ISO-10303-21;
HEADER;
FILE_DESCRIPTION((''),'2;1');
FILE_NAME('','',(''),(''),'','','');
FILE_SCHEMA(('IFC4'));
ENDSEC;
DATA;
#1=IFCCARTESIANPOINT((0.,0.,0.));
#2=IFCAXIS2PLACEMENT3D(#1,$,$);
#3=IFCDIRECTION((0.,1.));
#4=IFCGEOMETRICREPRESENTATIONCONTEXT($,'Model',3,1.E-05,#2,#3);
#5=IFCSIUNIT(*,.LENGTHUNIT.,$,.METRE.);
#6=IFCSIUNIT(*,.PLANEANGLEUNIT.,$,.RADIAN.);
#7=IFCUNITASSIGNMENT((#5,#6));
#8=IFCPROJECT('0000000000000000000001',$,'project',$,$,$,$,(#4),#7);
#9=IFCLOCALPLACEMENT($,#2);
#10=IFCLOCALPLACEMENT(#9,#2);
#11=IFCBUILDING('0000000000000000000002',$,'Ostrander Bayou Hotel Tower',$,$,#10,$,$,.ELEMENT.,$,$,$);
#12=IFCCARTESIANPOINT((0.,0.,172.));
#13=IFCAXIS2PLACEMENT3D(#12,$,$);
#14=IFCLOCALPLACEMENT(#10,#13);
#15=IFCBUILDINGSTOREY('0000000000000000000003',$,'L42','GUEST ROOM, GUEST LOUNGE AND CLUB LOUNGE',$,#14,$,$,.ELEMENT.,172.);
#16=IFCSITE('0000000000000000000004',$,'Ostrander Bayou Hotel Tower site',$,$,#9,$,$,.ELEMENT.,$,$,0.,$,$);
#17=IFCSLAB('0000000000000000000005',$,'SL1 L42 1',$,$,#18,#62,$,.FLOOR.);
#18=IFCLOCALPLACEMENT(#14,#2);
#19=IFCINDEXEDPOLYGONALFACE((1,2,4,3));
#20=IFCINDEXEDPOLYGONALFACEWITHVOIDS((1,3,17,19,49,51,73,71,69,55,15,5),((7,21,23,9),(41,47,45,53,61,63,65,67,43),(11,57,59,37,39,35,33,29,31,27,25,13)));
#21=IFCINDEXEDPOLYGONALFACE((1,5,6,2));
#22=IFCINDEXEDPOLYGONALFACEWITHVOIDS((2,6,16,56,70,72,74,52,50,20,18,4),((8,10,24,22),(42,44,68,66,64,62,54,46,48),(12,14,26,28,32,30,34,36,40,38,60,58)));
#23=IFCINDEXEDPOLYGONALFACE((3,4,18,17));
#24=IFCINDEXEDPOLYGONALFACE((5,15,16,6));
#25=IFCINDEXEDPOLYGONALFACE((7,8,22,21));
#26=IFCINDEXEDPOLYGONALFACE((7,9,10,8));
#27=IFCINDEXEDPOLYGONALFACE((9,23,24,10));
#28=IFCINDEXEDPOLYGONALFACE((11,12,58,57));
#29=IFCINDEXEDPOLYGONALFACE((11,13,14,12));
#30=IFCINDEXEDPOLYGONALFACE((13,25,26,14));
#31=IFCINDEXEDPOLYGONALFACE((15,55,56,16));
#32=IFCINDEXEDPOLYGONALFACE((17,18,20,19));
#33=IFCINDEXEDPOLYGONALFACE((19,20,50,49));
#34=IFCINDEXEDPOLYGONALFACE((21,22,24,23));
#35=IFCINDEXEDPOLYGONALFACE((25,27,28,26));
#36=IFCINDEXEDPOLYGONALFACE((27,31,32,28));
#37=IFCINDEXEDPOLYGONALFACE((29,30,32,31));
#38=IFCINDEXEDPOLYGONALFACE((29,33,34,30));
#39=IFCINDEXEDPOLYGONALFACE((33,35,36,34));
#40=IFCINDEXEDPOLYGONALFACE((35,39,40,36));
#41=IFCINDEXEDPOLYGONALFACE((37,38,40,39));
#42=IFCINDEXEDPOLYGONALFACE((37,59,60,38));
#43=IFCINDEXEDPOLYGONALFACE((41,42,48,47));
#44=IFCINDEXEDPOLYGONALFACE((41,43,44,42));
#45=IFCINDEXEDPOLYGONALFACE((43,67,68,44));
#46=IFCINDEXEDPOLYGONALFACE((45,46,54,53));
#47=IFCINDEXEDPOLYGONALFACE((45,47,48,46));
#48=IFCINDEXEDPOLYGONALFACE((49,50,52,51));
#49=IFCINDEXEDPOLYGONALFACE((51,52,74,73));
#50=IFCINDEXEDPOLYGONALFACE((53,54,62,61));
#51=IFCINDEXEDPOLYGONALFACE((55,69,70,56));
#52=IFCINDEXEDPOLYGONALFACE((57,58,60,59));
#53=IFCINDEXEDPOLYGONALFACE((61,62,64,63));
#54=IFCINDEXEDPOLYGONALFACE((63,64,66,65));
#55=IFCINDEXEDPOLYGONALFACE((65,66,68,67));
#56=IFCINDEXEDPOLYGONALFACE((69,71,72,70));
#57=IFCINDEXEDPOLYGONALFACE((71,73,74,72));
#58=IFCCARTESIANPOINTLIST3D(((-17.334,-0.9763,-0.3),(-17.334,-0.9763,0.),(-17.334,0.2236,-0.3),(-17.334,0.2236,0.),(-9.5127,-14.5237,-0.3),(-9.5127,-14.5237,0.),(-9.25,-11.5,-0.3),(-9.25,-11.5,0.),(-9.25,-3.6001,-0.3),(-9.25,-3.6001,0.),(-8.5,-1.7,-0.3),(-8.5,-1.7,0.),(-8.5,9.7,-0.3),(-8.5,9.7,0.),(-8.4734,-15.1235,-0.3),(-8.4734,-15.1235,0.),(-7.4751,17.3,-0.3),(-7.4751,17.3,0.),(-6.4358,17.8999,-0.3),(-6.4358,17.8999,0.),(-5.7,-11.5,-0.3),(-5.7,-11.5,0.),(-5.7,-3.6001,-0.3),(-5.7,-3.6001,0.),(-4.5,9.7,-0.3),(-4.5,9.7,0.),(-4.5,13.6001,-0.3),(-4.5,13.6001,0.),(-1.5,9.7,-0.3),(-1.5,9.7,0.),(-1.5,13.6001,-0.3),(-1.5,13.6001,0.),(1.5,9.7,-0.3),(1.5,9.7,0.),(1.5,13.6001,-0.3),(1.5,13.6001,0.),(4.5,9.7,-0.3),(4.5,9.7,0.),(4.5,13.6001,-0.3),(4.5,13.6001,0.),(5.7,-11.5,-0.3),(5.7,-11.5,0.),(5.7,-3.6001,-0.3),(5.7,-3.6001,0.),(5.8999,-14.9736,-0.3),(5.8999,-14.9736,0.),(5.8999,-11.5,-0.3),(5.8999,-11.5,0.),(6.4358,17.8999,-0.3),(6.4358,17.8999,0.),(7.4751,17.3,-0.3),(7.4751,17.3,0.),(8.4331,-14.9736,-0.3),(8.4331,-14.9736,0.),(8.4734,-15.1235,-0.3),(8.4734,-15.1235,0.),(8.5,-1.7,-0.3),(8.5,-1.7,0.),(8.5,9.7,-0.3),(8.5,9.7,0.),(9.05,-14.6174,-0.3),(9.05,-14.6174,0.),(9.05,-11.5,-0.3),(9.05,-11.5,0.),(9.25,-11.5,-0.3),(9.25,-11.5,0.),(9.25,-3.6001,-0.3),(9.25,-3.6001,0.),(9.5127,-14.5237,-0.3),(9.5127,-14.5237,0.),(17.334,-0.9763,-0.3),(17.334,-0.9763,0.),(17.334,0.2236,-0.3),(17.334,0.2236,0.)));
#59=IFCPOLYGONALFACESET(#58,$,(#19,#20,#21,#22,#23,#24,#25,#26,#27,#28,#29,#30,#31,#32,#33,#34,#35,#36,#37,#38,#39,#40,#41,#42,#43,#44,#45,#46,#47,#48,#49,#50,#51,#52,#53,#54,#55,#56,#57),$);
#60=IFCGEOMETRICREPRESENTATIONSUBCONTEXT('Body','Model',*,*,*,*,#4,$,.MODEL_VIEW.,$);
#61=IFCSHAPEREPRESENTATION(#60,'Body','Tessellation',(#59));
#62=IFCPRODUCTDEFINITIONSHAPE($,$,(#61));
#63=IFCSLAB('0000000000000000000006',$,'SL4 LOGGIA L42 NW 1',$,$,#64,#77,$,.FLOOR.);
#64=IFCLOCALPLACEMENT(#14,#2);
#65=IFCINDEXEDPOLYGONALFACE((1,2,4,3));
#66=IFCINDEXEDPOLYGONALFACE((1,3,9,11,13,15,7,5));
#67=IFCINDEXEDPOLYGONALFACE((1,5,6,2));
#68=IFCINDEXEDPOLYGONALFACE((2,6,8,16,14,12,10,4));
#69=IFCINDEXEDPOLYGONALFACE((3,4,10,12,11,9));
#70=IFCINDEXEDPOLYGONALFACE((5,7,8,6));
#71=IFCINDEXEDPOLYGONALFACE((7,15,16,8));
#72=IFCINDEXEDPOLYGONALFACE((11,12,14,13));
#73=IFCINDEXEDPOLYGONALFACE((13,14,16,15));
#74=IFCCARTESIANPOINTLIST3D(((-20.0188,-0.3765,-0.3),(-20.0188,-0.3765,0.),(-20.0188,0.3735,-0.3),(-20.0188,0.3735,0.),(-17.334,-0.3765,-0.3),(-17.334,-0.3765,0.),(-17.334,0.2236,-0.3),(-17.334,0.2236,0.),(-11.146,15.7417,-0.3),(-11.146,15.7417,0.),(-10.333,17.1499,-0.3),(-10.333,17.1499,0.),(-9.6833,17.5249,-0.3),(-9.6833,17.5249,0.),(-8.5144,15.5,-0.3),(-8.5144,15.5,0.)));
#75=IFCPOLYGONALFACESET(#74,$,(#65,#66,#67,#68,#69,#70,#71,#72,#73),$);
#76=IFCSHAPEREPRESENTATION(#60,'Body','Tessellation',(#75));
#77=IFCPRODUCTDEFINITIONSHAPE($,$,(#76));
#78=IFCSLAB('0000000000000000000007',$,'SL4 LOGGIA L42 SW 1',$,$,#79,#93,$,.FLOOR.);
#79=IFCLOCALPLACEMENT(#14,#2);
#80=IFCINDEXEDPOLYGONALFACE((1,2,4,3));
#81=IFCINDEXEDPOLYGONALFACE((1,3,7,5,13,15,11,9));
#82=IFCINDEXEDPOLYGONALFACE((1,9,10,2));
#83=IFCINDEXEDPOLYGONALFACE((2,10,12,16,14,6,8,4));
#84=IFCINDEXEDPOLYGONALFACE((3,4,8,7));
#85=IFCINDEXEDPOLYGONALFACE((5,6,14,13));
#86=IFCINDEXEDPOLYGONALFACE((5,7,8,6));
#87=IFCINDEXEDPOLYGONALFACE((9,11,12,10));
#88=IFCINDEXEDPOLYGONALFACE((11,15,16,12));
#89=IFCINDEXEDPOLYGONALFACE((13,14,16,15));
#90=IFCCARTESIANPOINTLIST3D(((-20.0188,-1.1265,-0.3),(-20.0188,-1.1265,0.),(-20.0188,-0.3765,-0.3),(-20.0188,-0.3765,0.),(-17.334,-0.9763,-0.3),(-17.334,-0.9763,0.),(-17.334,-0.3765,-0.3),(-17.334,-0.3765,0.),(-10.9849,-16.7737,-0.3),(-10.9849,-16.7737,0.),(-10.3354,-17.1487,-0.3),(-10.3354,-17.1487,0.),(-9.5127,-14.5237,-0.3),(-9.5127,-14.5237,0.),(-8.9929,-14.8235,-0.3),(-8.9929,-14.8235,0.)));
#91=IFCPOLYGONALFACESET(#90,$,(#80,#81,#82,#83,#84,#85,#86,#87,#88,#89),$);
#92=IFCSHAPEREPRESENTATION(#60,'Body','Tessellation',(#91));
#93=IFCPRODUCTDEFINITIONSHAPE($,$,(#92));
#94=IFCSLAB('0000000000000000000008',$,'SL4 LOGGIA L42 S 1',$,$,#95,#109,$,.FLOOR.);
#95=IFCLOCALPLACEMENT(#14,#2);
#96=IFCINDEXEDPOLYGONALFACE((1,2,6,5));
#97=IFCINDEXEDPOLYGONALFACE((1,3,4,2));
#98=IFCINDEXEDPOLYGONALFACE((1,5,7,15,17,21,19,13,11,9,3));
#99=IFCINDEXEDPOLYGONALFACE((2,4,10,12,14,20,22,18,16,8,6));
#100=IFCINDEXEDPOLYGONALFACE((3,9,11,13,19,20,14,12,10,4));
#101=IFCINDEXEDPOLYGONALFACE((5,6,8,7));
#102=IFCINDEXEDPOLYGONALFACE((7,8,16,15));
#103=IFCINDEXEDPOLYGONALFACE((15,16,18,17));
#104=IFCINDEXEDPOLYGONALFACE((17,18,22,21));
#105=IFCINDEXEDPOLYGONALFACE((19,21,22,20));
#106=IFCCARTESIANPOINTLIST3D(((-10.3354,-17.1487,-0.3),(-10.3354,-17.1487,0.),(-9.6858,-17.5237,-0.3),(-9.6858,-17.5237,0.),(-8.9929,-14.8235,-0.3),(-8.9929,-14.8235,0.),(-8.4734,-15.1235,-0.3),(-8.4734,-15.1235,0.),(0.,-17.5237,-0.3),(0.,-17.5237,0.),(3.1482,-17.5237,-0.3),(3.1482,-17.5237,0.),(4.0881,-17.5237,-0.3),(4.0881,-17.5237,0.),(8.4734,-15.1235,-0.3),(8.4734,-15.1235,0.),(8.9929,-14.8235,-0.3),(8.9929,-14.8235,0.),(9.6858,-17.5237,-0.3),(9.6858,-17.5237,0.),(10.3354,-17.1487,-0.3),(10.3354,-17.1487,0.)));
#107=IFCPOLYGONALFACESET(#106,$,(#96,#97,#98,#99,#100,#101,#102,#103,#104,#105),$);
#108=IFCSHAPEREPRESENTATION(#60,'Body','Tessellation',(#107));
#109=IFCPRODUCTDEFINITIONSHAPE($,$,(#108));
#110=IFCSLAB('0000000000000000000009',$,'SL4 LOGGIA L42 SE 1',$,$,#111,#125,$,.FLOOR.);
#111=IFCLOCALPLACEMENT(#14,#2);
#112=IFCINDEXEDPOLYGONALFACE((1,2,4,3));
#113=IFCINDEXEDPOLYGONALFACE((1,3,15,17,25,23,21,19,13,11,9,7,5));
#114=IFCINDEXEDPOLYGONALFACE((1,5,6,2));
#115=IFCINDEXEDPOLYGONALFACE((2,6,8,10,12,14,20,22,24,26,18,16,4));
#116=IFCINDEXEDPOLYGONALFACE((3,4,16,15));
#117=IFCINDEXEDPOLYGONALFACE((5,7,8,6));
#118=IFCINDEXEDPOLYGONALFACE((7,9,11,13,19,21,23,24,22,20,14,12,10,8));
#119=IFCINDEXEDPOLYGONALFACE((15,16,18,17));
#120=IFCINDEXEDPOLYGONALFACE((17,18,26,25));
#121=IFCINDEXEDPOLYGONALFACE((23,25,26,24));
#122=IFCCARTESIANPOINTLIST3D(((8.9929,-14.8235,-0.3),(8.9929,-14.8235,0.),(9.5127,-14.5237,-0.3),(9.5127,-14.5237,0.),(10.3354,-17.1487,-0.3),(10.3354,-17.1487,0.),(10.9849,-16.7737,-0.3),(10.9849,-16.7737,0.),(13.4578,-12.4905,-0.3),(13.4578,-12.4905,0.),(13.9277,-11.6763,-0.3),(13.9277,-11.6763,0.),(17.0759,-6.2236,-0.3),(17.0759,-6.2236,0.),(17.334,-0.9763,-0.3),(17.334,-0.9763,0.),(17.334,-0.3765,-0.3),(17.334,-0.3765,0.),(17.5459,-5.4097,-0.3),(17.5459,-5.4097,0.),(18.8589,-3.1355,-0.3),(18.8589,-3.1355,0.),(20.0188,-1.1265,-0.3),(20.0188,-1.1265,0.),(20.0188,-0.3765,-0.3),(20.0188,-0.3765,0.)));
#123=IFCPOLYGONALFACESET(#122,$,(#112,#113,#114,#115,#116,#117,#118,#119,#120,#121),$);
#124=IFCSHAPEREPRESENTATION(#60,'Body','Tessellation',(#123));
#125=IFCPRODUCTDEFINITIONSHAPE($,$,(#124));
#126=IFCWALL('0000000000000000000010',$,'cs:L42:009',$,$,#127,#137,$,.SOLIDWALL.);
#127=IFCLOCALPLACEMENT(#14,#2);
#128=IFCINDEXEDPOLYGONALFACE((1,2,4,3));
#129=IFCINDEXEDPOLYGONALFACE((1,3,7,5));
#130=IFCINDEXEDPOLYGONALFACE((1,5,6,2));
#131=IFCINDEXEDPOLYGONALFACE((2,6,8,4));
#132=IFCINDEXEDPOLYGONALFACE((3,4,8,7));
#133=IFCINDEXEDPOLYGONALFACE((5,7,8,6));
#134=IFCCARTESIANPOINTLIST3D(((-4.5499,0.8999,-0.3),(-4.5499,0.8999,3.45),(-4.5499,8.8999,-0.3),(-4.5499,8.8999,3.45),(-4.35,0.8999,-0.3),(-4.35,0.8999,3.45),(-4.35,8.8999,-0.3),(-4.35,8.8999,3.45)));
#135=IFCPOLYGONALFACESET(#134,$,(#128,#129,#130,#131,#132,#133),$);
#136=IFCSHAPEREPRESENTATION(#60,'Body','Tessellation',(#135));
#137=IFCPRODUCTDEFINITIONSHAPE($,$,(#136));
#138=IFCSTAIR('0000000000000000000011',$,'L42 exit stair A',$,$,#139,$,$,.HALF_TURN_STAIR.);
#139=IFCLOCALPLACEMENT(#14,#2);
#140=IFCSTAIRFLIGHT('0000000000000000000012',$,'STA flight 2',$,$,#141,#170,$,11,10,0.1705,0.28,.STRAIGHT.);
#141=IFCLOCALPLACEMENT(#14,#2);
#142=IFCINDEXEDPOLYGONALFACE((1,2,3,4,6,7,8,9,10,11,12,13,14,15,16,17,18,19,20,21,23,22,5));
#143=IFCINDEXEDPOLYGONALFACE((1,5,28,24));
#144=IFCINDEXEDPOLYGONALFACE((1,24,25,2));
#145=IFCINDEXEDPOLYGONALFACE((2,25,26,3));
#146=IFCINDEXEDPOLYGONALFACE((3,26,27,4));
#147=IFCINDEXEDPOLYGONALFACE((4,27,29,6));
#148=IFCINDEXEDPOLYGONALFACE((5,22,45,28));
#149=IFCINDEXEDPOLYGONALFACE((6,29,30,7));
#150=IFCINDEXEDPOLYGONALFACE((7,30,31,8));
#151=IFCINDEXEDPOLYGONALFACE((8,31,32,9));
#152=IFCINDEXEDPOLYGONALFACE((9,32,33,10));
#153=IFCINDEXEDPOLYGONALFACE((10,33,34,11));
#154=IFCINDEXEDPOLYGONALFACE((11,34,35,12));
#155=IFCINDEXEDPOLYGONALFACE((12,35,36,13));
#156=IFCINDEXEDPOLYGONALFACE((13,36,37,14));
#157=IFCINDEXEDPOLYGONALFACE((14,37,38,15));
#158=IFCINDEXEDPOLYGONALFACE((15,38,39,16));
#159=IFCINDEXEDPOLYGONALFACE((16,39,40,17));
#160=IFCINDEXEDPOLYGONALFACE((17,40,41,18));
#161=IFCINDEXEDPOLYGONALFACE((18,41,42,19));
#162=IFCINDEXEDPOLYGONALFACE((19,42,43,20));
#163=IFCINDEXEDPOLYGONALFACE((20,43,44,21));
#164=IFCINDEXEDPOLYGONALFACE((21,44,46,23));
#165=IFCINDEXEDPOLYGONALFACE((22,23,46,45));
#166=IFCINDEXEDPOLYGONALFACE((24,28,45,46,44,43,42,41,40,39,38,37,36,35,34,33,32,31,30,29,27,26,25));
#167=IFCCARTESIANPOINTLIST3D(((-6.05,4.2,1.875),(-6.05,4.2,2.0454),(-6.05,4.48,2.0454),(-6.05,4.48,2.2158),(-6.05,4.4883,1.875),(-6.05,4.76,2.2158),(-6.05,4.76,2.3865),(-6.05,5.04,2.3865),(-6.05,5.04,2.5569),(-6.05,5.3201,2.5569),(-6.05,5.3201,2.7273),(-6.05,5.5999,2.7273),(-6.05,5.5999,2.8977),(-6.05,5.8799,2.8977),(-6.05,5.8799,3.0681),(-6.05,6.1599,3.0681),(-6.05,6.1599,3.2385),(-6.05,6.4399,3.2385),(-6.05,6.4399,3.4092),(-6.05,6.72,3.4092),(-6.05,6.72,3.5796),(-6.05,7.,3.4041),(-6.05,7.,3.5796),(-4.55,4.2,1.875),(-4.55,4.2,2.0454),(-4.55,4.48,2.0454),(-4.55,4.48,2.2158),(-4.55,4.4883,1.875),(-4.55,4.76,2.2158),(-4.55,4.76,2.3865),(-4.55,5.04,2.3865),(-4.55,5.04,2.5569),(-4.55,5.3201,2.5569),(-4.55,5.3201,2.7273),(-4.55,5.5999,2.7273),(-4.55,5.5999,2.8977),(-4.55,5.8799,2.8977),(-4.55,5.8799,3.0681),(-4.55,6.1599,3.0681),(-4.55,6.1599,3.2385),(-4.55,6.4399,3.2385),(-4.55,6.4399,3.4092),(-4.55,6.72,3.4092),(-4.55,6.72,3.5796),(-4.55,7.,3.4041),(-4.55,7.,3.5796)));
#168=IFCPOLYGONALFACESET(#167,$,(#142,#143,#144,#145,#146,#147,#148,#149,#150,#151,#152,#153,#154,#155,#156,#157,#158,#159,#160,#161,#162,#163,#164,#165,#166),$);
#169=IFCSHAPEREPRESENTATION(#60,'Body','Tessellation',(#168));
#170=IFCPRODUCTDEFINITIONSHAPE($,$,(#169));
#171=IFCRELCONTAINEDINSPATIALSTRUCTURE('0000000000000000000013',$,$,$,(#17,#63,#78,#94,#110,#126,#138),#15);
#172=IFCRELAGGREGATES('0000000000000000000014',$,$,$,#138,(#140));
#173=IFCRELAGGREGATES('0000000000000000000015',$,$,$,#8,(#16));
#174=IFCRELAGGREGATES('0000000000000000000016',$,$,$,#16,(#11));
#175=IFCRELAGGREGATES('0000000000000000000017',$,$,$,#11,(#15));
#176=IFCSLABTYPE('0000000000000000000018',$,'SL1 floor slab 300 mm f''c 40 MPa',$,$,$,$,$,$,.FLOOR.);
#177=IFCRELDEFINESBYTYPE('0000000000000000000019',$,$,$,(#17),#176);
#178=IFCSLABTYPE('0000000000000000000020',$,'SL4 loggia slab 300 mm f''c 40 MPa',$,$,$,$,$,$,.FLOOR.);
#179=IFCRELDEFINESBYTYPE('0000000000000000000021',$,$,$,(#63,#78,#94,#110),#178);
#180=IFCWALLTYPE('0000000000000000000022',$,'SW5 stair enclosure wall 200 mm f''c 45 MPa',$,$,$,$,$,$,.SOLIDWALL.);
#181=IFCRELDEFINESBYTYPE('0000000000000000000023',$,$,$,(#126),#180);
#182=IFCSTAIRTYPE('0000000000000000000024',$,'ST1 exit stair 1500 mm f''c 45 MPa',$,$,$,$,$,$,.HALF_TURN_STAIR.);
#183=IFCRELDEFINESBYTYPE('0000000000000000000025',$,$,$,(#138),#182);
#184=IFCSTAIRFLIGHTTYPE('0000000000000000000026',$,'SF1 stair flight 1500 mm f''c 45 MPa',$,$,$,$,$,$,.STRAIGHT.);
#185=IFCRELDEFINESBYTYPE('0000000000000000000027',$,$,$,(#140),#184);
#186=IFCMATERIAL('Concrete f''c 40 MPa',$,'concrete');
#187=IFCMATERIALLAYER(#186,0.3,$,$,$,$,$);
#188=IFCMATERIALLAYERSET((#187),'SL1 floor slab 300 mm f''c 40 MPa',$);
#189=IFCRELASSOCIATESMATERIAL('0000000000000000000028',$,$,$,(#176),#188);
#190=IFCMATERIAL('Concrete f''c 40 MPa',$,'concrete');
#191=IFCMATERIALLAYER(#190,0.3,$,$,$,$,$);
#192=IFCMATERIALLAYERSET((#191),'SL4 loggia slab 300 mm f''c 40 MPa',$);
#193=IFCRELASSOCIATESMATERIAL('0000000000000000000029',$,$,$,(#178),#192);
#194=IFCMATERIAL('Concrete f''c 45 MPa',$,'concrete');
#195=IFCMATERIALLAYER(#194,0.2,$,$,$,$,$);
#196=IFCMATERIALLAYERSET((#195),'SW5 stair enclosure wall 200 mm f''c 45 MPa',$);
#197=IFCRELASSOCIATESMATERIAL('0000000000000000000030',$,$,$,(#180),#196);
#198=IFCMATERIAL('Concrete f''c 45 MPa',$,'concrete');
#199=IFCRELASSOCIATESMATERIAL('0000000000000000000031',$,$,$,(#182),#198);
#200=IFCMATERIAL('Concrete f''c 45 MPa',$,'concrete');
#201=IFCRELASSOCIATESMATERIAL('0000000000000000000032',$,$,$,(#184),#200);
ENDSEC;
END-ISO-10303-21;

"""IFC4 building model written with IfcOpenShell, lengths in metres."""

from ifc_helpers import new_model, si_unit, direction, frame, frame_2d, origin, place, context, subcontext, project, spatial, polyline, rectangle, outline, extrude, material, layer, layer_set, type_object, element, aggregate, save


model = new_model("IFC4")

# Units and contexts
model_context = context("Model", 3, precision=1e-05, world=origin(), true_north=direction((0.0, 1.0)))
body_context = subcontext(model_context, "Body", "Model", "MODEL_VIEW")
ifc_project = project(units=[si_unit("LENGTHUNIT", "METRE"), si_unit("PLANEANGLEUNIT", "RADIAN")], contexts=[model_context])

# Site, building, storey
site_placement = place(None, origin())
site = spatial("IfcSite", under=ifc_project, at=site_placement, Name="Ostrander Bayou Hotel Tower site", CompositionType="ELEMENT", RefElevation=0.0)
building_placement = place(site_placement, origin())
building = spatial("IfcBuilding", under=site, at=building_placement, Name="Ostrander Bayou Hotel Tower", CompositionType="ELEMENT")
storey_placement = place(building_placement, frame((0.0, 0.0, 172.0)))
storey = spatial("IfcBuildingStorey", under=building, at=storey_placement, Name="L42", Description="GUEST ROOM, GUEST LOUNGE AND CLUB LOUNGE", CompositionType="ELEMENT", Elevation=172.0)

# Slabs
ifc_material_1 = material(Name="Concrete f'c 40 MPa", Category="concrete")
ifc_layer_1 = layer(ifc_material_1, 0.3)
ifc_layer_set_1 = layer_set([ifc_layer_1], Name="SL1 floor slab 300 mm f'c 40 MPa")
slab_type_1 = type_object("IfcSlabType", Name="SL1 floor slab 300 mm f'c 40 MPa", PredefinedType="FLOOR", material=ifc_layer_set_1)
slab_1_placement = place(storey_placement, frame((0.0, 0.0, -0.3)))
element("IfcSlab", 1, at=slab_1_placement, inside=storey, type_object=slab_type_1, Name="SL1 L42 1", PredefinedType="FLOOR", context=body_context, shape_type="SweptSolid", body=[
    extrude(outline(polyline([(7.4751, 17.3), (17.334, 0.2236), (17.334, -0.9763), (9.5127, -14.5237), (8.4734, -15.1235), (-8.4734, -15.1235), (-9.5127, -14.5237), (-17.334, -0.9763), (-17.334, 0.2236), (-7.4751, 17.3), (-6.4358, 17.8999), (6.4358, 17.8999), (7.4751, 17.3)]), holes=[polyline([(9.05, -11.5), (9.25, -11.5), (9.25, -3.6001), (5.7, -3.6001), (5.7, -11.5), (5.8999, -11.5), (5.8999, -14.9736), (8.4331, -14.9736), (9.05, -14.6174), (9.05, -11.5)]), polyline([(-8.5, -1.7), (8.5, -1.7), (8.5, 9.7), (4.5, 9.7), (4.5, 13.6001), (1.5, 13.6001), (1.5, 9.7), (-1.5, 9.7), (-1.5, 13.6001), (-4.5, 13.6001), (-4.5, 9.7), (-8.5, 9.7), (-8.5, -1.7)]), polyline([(-5.7, -3.6001), (-9.25, -3.6001), (-9.25, -11.5), (-5.7, -11.5), (-5.7, -3.6001)])]), origin(), (0.0, 0.0, 1.0), 0.3),
])
ifc_material_2 = material(Name="Concrete f'c 40 MPa", Category="concrete")
ifc_layer_2 = layer(ifc_material_2, 0.3)
ifc_layer_set_2 = layer_set([ifc_layer_2], Name="SL4 loggia slab 300 mm f'c 40 MPa")
slab_type_2 = type_object("IfcSlabType", Name="SL4 loggia slab 300 mm f'c 40 MPa", PredefinedType="FLOOR", material=ifc_layer_set_2)
slab_2_placement = place(storey_placement, frame((0.0, 0.0, -0.3)))
element("IfcSlab", 2, at=slab_2_placement, inside=storey, type_object=slab_type_2, Name="SL4 LOGGIA L42 NW 1", PredefinedType="FLOOR", context=body_context, shape_type="SweptSolid", body=[
    extrude(outline(polyline([(-20.0188, -0.3765), (-20.0188, 0.3735), (-11.146, 15.7417), (-10.333, 17.1499), (-9.6833, 17.5249), (-8.5144, 15.5), (-17.334, 0.2236), (-17.334, -0.3765), (-20.0188, -0.3765)])), origin(), (0.0, 0.0, 1.0), 0.3),
])
slab_3_placement = place(storey_placement, frame((0.0, 0.0, -0.3)))
element("IfcSlab", 3, at=slab_3_placement, inside=storey, type_object=slab_type_2, Name="SL4 LOGGIA L42 SW 1", PredefinedType="FLOOR", context=body_context, shape_type="SweptSolid", body=[
    extrude(outline(polyline([(-8.9929, -14.8235), (-10.3354, -17.1487), (-10.9849, -16.7737), (-20.0188, -1.1265), (-20.0188, -0.3765), (-17.334, -0.3765), (-17.334, -0.9763), (-9.5127, -14.5237), (-8.9929, -14.8235)])), origin(), (0.0, 0.0, 1.0), 0.3),
])
slab_4_placement = place(storey_placement, frame((0.0, 0.0, -0.3)))
element("IfcSlab", 4, at=slab_4_placement, inside=storey, type_object=slab_type_2, Name="SL4 LOGGIA L42 S 1", PredefinedType="FLOOR", context=body_context, shape_type="SweptSolid", body=[
    extrude(outline(polyline([(8.9929, -14.8235), (10.3354, -17.1487), (9.6858, -17.5237), (4.0881, -17.5237), (3.1482, -17.5237), (0.0, -17.5237), (-9.6858, -17.5237), (-10.3354, -17.1487), (-8.9929, -14.8235), (-8.4734, -15.1235), (8.4734, -15.1235), (8.9929, -14.8235)])), origin(), (0.0, 0.0, 1.0), 0.3),
])
slab_5_placement = place(storey_placement, frame((0.0, 0.0, -0.3)))
element("IfcSlab", 5, at=slab_5_placement, inside=storey, type_object=slab_type_2, Name="SL4 LOGGIA L42 SE 1", PredefinedType="FLOOR", context=body_context, shape_type="SweptSolid", body=[
    extrude(outline(polyline([(17.334, -0.3765), (20.0188, -0.3765), (20.0188, -1.1265), (18.8589, -3.1355), (17.5459, -5.4097), (17.0759, -6.2236), (13.9277, -11.6763), (13.4578, -12.4905), (10.9849, -16.7737), (10.3354, -17.1487), (8.9929, -14.8235), (9.5127, -14.5237), (17.334, -0.9763), (17.334, -0.3765)])), origin(), (0.0, 0.0, 1.0), 0.3),
])

# Wall
ifc_material_3 = material(Name="Concrete f'c 45 MPa", Category="concrete")
ifc_layer_3 = layer(ifc_material_3, 0.2)
ifc_layer_set_3 = layer_set([ifc_layer_3], Name="SW5 stair enclosure wall 200 mm f'c 45 MPa")
wall_type_1 = type_object("IfcWallType", Name="SW5 stair enclosure wall 200 mm f'c 45 MPa", PredefinedType="SOLIDWALL", material=ifc_layer_set_3)
wall_1_placement = place(storey_placement, frame((-4.45, 0.8999, -0.3), z_axis=(0.0, 0.0, 1.0), x_axis=(0.0, 1.0, 0.0)))
element("IfcWall", 6, at=wall_1_placement, inside=storey, type_object=wall_type_1, Name="cs:L42:009", PredefinedType="SOLIDWALL", context=body_context, shape_type="SweptSolid", body=[
    extrude(rectangle(XDim=8.0, YDim=0.2, at=frame_2d((4.0, 0.0))), origin(), (0.0, 0.0, 1.0), 3.75),
])

# Stair, stair flight
ifc_material_4 = material(Name="Concrete f'c 45 MPa", Category="concrete")
stair_type = type_object("IfcStairType", Name="ST1 exit stair 1500 mm f'c 45 MPa", PredefinedType="HALF_TURN_STAIR", material=ifc_material_4)
stair_placement = place(storey_placement, origin())
stair = element("IfcStair", 7, at=stair_placement, inside=storey, type_object=stair_type, Name="L42 exit stair A", PredefinedType="HALF_TURN_STAIR")
ifc_material_5 = material(Name="Concrete f'c 45 MPa", Category="concrete")
stair_flight_type = type_object("IfcStairFlightType", Name="SF1 stair flight 1500 mm f'c 45 MPa", PredefinedType="STRAIGHT", material=ifc_material_5)
stair_flight_placement = place(storey_placement, frame((-5.3, 4.2, 1.875), z_axis=(0.0, 0.0, 1.0), x_axis=(0.0, 1.0, 0.0)))
stair_flight = element("IfcStairFlight", 8, at=stair_flight_placement, type_object=stair_flight_type, Name="STA flight 2", NumberOfRisers=11, NumberOfTreads=10, PredefinedType="STRAIGHT", RiserHeight=0.1705, TreadLength=0.28, context=body_context, shape_type="SweptSolid", body=[
    extrude(outline(polyline([(0.0, 0.0), (0.0, 0.1704), (0.28, 0.1704), (0.28, 0.3408), (0.5601, 0.3408), (0.5601, 0.5115), (0.8401, 0.5115), (0.8401, 0.6819), (1.1201, 0.6819), (1.1201, 0.8523), (1.3999, 0.8523), (1.3999, 1.0227), (1.6799, 1.0227), (1.6799, 1.1931), (1.96, 1.1931), (1.96, 1.3635), (2.24, 1.3635), (2.24, 1.5342), (2.52, 1.5342), (2.52, 1.7046), (2.8, 1.7046), (2.8, 1.875), (2.8, 1.5291), (0.2883, 0.0), (0.0, 0.0)])), frame((0.0, 0.75, 0.0), z_axis=(0.0, -1.0, 0.0), x_axis=(1.0, 0.0, 0.0)), (0.0, 0.0, 1.0), 1.5),
])
aggregate(stair, [stair_flight])

save(model, "model.ifc")
